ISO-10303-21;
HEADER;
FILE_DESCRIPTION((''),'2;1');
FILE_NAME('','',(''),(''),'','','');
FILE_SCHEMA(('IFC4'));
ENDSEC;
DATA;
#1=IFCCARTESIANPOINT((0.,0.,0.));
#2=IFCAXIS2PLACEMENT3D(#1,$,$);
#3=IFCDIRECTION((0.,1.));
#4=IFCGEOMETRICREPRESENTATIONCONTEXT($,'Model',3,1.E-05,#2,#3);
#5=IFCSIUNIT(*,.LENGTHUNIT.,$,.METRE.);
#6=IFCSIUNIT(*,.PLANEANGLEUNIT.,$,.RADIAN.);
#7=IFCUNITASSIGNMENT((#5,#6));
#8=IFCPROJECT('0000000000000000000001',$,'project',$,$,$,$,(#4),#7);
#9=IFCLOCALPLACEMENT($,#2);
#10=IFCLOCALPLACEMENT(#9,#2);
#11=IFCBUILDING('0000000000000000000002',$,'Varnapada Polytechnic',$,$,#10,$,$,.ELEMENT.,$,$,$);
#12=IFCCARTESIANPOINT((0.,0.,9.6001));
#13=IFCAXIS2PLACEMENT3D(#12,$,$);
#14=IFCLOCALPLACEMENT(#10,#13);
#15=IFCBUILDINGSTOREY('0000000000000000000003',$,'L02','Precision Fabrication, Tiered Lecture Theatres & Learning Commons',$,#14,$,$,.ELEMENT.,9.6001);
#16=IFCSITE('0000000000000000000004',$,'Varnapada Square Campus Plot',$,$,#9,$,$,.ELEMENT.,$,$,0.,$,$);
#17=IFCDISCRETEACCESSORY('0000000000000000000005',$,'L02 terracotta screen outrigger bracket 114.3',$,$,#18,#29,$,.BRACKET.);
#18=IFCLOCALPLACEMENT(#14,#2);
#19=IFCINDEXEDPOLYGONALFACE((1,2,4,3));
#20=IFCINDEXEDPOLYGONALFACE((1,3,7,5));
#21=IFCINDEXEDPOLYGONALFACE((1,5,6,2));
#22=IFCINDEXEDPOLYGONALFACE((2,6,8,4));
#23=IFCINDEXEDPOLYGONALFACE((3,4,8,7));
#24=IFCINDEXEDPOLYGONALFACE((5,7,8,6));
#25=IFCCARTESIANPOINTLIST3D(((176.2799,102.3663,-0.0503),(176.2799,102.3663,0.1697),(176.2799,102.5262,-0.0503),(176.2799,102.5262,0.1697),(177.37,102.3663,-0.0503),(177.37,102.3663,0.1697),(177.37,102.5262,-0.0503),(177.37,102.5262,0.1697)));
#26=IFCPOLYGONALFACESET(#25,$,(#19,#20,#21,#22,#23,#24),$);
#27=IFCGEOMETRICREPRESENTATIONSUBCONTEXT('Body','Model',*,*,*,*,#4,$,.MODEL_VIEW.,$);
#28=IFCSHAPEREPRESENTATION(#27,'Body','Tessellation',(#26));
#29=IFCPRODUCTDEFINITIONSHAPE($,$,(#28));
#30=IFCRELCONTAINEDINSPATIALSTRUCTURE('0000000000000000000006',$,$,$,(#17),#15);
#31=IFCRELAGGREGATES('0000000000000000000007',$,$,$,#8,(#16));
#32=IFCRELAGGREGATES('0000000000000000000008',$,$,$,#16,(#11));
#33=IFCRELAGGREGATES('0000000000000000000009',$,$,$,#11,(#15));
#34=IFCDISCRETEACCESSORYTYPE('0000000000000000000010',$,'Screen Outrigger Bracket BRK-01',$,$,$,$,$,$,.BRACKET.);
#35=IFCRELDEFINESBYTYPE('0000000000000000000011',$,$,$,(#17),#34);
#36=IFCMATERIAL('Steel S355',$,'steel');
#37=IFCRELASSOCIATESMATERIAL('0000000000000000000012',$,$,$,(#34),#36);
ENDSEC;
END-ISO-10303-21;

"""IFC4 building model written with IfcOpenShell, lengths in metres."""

from ifc_helpers import new_model, si_unit, direction, frame, origin, origin_2d, place, context, subcontext, project, spatial, rectangle, extrude, material, type_object, element, save


model = new_model("IFC4")

# Units and contexts
model_context = context("Model", 3, precision=1e-05, world=origin(), true_north=direction((0.0, 1.0)))
body_context = subcontext(model_context, "Body", "Model", "MODEL_VIEW")
ifc_project = project(units=[si_unit("LENGTHUNIT", "METRE"), si_unit("PLANEANGLEUNIT", "RADIAN")], contexts=[model_context])

# Site, building, storey
site_placement = place(None, origin())
site = spatial("IfcSite", under=ifc_project, at=site_placement, Name="Varnapada Square Campus Plot", CompositionType="ELEMENT", RefElevation=0.0)
building_placement = place(site_placement, origin())
building = spatial("IfcBuilding", under=site, at=building_placement, Name="Varnapada Polytechnic", CompositionType="ELEMENT")
storey_placement = place(building_placement, frame((0.0, 0.0, 9.6001)))
storey = spatial("IfcBuildingStorey", under=building, at=storey_placement, Name="L02", Description="Precision Fabrication, Tiered Lecture Theatres & Learning Commons", CompositionType="ELEMENT", Elevation=9.6001)

# Discrete accessory
ifc_material_1 = material(Name="Steel S355", Category="steel")
discrete_accessory_type = type_object("IfcDiscreteAccessoryType", Name="Screen Outrigger Bracket BRK-01", PredefinedType="BRACKET", material=ifc_material_1)
for number, where, z_axis, x_axis, name in (
    (1, (176.825, 102.4463, -0.0503), (0.0, 0.0, 1.0), (0.0, -1.0, 0.0), "L02 terracotta screen outrigger bracket 114.3"),
):
    element("IfcDiscreteAccessory", number, at=place(storey_placement, frame(where, z_axis=z_axis, x_axis=x_axis)), inside=storey, type_object=discrete_accessory_type, Name=name, PredefinedType="BRACKET", context=body_context, shape_type="SweptSolid", body=[
        extrude(rectangle(XDim=0.1599, YDim=1.0901, at=origin_2d()), origin(), (0.0, 0.0, 1.0), 0.22),
    ])

save(model, "model.ifc")
